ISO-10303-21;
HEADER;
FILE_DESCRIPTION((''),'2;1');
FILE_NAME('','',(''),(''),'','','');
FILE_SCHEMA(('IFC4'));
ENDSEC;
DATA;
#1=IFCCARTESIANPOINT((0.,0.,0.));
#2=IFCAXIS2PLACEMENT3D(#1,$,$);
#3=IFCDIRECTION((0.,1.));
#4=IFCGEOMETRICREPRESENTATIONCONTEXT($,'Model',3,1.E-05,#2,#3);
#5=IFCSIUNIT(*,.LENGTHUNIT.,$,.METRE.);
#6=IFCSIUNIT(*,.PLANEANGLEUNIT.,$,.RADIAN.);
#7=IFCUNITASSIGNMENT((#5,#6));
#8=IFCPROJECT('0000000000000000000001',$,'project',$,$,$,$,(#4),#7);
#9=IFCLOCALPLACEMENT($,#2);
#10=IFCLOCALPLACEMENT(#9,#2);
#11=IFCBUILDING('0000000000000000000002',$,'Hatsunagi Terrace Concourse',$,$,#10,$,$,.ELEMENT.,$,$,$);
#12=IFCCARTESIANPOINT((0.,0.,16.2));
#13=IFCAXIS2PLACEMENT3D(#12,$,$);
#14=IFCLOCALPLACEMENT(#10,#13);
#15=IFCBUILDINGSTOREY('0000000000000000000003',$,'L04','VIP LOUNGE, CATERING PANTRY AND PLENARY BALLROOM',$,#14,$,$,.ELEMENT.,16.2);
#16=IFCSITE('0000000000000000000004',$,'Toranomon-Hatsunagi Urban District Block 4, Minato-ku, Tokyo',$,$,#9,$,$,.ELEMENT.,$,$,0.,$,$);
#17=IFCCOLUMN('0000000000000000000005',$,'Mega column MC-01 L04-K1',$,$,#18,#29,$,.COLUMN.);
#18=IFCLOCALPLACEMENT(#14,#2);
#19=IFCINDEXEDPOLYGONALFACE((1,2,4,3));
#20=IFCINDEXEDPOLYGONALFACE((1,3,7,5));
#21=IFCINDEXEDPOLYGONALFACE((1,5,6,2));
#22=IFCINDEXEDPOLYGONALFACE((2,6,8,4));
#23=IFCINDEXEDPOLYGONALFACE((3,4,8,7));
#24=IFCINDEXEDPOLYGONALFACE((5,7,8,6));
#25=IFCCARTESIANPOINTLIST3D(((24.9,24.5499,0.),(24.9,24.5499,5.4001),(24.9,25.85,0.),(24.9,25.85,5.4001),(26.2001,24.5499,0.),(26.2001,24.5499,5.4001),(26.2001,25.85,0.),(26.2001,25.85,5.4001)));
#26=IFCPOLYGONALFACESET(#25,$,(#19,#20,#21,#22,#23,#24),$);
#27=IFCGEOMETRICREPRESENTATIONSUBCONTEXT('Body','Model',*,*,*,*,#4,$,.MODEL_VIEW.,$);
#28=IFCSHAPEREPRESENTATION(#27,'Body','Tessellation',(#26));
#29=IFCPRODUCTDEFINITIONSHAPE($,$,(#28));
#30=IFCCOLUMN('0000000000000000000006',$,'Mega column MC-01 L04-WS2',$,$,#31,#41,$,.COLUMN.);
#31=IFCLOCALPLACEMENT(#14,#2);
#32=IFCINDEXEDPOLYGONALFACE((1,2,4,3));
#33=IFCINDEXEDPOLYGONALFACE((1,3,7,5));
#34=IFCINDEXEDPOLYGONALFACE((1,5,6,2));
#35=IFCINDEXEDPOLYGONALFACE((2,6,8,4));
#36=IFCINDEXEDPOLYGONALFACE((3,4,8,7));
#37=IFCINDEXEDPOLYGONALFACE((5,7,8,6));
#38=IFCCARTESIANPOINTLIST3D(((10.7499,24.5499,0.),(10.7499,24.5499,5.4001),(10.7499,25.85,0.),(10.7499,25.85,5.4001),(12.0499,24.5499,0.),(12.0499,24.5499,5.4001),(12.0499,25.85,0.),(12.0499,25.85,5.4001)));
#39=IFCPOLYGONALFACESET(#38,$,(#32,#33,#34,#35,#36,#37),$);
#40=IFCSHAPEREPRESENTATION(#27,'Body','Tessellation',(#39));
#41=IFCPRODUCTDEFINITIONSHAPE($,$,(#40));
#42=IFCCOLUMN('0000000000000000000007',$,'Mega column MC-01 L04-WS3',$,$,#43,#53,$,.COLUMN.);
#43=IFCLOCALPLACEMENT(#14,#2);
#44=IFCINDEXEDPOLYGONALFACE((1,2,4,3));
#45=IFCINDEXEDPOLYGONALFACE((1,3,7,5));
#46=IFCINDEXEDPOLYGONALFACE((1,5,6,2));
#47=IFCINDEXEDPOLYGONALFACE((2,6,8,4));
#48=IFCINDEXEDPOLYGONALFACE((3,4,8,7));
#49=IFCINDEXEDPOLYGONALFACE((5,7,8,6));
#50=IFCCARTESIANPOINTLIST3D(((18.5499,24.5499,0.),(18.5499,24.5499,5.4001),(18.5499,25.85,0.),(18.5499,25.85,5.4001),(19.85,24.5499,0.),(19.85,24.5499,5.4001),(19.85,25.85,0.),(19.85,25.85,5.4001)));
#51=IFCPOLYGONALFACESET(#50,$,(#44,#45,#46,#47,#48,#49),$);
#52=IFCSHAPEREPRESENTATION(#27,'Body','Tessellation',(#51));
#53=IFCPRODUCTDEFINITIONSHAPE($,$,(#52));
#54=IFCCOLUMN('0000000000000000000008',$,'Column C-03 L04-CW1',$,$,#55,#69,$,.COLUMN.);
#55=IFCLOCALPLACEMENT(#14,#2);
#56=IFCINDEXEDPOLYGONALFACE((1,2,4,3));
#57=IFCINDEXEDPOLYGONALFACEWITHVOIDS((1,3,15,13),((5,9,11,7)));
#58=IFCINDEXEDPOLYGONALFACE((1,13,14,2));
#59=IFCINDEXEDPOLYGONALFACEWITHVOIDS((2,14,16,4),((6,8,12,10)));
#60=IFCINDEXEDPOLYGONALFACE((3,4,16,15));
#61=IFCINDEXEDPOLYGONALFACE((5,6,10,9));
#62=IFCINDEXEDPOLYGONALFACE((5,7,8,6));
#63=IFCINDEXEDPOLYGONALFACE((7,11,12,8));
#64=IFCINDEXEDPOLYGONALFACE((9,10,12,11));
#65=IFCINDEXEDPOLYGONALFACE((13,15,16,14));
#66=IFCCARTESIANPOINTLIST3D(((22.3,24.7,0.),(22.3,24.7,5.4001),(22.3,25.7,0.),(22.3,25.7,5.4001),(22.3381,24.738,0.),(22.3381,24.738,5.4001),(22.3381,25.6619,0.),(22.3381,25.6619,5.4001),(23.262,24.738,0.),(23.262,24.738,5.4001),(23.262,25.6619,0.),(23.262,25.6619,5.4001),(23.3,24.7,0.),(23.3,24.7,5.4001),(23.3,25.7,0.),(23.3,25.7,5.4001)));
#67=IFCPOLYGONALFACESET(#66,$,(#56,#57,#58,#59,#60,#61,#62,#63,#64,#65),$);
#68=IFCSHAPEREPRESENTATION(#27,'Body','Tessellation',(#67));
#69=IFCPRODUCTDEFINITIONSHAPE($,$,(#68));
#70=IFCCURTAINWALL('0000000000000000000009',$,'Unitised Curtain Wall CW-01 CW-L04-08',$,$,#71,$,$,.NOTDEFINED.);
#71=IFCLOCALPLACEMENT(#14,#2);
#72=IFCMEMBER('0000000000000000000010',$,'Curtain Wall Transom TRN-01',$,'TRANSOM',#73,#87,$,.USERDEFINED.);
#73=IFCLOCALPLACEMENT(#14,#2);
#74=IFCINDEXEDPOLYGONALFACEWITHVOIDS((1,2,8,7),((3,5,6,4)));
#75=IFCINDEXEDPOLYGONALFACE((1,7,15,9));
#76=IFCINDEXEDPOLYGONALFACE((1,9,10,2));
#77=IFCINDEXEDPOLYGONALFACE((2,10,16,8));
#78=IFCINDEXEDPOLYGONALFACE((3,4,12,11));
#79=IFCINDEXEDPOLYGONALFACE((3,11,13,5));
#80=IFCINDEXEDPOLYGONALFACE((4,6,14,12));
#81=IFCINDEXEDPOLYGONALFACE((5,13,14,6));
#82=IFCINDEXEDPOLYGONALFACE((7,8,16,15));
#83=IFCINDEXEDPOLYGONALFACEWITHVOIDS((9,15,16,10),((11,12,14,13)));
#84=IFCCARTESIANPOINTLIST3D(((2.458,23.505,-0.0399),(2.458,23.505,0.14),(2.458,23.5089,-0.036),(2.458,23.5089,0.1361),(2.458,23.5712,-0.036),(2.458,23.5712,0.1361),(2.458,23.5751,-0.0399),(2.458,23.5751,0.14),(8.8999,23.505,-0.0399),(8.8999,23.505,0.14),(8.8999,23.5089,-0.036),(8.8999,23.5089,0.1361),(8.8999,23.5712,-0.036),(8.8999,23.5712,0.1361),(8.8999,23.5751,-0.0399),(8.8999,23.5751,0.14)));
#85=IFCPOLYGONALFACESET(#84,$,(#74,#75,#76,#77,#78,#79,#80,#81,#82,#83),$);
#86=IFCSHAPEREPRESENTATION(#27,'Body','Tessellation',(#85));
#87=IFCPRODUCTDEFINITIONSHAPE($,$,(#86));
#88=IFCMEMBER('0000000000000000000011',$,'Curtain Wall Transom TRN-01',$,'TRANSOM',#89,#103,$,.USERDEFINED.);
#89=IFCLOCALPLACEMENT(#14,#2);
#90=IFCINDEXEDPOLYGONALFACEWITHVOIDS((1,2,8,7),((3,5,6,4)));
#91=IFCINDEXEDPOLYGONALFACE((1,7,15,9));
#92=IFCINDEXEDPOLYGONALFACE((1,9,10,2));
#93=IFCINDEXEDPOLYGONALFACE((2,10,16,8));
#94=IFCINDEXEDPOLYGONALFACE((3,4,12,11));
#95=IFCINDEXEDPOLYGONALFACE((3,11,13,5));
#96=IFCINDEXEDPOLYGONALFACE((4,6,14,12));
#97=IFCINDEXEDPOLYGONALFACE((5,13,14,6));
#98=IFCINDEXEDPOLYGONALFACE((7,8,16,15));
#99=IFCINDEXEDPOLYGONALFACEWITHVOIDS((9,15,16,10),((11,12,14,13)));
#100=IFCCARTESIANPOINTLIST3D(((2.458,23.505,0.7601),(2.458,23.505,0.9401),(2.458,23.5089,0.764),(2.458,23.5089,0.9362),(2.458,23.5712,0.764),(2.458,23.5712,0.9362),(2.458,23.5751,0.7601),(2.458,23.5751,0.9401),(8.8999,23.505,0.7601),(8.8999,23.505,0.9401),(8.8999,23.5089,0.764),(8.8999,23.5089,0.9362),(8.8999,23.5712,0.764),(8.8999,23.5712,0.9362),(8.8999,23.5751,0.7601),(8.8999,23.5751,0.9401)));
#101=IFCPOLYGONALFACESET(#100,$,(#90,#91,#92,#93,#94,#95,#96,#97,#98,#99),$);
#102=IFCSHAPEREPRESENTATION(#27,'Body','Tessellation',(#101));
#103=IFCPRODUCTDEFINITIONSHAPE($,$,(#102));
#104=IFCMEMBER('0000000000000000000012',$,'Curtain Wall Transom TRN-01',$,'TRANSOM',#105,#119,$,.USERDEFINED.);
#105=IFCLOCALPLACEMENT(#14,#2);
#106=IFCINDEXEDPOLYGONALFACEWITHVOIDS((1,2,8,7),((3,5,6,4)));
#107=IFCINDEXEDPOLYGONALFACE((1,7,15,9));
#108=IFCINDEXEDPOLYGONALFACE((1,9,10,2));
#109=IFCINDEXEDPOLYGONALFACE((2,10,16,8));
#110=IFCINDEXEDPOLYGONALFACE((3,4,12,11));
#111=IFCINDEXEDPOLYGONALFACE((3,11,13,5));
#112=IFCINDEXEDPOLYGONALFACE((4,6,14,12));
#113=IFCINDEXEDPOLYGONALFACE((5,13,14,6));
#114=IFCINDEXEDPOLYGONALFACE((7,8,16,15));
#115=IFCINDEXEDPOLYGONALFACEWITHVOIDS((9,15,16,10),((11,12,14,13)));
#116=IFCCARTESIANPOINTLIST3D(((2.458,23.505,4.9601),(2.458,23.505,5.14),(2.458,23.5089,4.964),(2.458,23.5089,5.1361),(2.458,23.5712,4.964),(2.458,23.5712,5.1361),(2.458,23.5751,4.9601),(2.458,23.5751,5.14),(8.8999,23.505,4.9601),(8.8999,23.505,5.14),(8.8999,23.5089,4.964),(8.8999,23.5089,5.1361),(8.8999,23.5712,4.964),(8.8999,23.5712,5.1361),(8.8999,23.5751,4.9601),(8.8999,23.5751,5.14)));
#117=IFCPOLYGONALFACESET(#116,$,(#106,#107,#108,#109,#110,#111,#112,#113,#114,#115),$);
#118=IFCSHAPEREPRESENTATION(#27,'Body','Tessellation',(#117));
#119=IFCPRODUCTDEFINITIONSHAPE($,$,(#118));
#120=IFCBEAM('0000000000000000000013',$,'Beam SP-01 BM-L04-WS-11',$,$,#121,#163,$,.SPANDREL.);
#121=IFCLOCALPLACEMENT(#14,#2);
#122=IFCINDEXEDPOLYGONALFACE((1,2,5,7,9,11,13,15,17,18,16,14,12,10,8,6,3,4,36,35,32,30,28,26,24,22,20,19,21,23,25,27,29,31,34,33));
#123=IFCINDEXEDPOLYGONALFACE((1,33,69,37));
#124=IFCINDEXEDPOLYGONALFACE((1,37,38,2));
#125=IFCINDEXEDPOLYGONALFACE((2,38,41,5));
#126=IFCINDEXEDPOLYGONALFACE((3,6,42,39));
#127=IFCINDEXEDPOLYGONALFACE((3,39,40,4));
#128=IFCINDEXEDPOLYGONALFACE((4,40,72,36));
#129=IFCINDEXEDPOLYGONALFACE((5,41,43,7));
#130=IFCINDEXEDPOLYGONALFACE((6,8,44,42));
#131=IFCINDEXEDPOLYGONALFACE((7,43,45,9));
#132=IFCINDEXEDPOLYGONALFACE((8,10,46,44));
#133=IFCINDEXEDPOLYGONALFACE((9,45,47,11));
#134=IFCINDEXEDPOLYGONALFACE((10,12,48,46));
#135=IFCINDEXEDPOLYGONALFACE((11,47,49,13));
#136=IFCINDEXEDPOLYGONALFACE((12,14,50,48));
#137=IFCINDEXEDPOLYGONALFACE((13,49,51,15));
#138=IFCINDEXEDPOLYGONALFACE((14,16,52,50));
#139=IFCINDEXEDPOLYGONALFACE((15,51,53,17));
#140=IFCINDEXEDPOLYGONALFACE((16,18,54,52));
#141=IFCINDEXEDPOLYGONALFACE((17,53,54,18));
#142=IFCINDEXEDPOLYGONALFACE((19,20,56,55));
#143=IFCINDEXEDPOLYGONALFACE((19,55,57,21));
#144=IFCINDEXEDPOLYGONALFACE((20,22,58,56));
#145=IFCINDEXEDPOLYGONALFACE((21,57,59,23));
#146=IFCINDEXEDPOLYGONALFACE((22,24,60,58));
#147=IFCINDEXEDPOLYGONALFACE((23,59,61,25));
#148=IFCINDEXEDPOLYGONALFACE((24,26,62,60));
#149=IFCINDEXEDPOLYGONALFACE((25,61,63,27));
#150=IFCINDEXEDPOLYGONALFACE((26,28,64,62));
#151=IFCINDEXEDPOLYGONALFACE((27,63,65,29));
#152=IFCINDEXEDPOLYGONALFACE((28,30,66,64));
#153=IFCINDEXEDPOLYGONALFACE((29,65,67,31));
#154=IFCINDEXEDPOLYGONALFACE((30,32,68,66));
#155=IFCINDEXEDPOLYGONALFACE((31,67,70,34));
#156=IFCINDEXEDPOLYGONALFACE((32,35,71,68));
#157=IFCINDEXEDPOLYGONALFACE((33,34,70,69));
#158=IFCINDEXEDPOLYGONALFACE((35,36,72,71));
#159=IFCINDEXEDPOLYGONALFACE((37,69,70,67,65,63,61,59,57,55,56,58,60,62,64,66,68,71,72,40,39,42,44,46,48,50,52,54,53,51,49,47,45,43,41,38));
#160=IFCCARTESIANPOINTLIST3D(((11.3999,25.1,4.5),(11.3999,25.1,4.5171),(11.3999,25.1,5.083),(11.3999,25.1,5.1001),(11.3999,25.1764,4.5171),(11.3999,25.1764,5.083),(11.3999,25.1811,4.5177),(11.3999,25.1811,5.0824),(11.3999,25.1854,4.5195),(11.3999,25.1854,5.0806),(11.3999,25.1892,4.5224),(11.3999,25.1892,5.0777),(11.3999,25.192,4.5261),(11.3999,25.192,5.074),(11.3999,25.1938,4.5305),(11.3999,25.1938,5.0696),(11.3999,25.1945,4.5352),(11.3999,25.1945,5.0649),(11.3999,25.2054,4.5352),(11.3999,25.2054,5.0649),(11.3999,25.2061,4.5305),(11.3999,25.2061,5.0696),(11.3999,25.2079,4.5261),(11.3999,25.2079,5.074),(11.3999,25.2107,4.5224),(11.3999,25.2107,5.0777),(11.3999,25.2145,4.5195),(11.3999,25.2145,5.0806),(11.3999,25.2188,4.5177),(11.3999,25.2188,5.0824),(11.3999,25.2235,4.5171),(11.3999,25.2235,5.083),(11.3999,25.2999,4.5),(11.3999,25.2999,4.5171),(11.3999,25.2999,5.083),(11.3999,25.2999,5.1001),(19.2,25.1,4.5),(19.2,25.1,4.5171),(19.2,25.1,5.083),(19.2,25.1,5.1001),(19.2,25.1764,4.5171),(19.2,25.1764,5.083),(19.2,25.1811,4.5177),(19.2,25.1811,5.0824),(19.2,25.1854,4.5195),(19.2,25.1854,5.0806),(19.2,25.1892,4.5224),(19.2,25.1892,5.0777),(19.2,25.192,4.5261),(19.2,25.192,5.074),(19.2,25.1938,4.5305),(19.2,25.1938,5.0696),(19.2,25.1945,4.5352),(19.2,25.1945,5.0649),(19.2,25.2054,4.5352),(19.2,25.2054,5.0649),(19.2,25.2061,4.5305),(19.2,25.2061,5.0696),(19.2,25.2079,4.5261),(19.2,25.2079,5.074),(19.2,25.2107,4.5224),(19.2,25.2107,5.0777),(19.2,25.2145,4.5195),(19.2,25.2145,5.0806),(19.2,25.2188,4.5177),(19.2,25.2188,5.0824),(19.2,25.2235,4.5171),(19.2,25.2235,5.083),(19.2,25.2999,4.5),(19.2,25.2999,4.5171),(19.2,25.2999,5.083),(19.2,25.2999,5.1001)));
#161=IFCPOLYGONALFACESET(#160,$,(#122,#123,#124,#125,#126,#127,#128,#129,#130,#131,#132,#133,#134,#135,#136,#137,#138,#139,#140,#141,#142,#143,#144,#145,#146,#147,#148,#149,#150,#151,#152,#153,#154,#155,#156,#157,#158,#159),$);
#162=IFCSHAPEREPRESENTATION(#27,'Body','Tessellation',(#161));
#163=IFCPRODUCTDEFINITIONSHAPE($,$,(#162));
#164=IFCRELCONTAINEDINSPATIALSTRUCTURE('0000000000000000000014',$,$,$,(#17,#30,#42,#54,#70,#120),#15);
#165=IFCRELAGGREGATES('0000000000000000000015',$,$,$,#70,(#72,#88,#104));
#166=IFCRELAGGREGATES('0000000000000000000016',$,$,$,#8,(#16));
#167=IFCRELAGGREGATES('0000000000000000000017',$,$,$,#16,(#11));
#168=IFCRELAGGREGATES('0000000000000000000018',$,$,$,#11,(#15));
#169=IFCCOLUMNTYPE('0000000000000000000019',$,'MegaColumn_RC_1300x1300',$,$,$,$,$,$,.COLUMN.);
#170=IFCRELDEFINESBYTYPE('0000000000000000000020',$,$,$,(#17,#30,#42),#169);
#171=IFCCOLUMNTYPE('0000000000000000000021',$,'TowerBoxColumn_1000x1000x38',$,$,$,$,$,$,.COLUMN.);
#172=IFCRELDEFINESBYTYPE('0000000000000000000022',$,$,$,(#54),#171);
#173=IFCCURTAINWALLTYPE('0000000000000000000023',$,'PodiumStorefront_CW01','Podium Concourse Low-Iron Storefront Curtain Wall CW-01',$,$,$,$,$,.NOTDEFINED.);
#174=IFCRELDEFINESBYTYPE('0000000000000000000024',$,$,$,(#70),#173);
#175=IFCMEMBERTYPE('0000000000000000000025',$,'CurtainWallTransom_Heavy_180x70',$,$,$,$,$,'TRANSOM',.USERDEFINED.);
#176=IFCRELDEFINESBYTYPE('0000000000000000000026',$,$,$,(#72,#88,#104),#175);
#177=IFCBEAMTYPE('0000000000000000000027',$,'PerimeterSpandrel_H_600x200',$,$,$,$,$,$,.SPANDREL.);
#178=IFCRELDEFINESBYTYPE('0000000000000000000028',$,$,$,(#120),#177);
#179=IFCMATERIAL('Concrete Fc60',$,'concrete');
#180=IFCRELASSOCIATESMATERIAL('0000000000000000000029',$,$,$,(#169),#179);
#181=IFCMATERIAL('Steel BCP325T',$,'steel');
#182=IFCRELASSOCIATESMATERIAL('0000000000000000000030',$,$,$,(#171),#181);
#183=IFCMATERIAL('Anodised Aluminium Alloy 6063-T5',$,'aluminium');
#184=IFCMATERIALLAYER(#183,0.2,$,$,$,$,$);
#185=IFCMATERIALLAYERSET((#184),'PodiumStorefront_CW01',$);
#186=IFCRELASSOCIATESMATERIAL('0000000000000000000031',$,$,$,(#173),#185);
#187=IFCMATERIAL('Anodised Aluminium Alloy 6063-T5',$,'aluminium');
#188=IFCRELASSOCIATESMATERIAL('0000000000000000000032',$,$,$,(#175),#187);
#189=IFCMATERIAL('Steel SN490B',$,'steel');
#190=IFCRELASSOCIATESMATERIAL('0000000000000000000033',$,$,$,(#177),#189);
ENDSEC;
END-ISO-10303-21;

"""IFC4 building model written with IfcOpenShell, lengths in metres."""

from ifc_helpers import new_model, si_unit, direction, frame, origin, origin_2d, place, context, subcontext, project, spatial, rectangle, hollow_rectangle, i_section, extrude, material, layer, layer_set, material_profile, profile_set, type_object, element, aggregate, save


model = new_model("IFC4")

# Units and contexts
model_context = context("Model", 3, precision=1e-05, world=origin(), true_north=direction((0.0, 1.0)))
body_context = subcontext(model_context, "Body", "Model", "MODEL_VIEW")
ifc_project = project(units=[si_unit("LENGTHUNIT", "METRE"), si_unit("PLANEANGLEUNIT", "RADIAN")], contexts=[model_context])

# Site, building, storey
site_placement = place(None, origin())
site = spatial("IfcSite", under=ifc_project, at=site_placement, Name="Toranomon-Hatsunagi Urban District Block 4, Minato-ku, Tokyo", CompositionType="ELEMENT", RefElevation=0.0)
building_placement = place(site_placement, origin())
building = spatial("IfcBuilding", under=site, at=building_placement, Name="Hatsunagi Terrace Concourse", CompositionType="ELEMENT")
storey_placement = place(building_placement, frame((0.0, 0.0, 16.2)))
storey = spatial("IfcBuildingStorey", under=building, at=storey_placement, Name="L04", Description="VIP LOUNGE, CATERING PANTRY AND PLENARY BALLROOM", CompositionType="ELEMENT", Elevation=16.2)

# Columns
ifc_material_1 = material(Name="Concrete Fc60", Category="concrete")
ifc_material_profile_1 = material_profile(ifc_material_1, rectangle(XDim=1.3, YDim=1.3, at=origin_2d()), Name="RC-1300x1300")
ifc_profile_set_1 = profile_set([ifc_material_profile_1], Name="Concrete Fc60")
column_type_1 = type_object("IfcColumnType", Name="MegaColumn_RC_1300x1300", PredefinedType="COLUMN", material=ifc_profile_set_1)
for number, where, z_axis, x_axis, name in (
    (1, (25.55, 25.2, 0.0), (0.0, 0.0, 1.0), (1.0, 0.0, 0.0), "Mega column MC-01 L04-K1"),
    (2, (11.3999, 25.2, 0.0), (0.0, 0.0, 1.0), (1.0, 0.0, 0.0), "Mega column MC-01 L04-WS2"),
    (3, (19.2, 25.2, 0.0), (0.0, 0.0, 1.0), (1.0, 0.0, 0.0), "Mega column MC-01 L04-WS3"),
):
    element("IfcColumn", number, at=place(storey_placement, frame(where, z_axis=z_axis, x_axis=x_axis)), inside=storey, type_object=column_type_1, Name=name, PredefinedType="COLUMN", context=body_context, shape_type="SweptSolid", body=[
        extrude(rectangle(XDim=1.3, YDim=1.3, at=origin_2d()), origin(), (0.0, 0.0, 1.0), 5.4001),
    ])
ifc_material_2 = material(Name="Steel BCP325T", Category="steel")
ifc_material_profile_2 = material_profile(ifc_material_2, hollow_rectangle(XDim=1.0, YDim=1.0, WallThickness=0.0381, at=origin_2d()), Name="BCP-1000x1000x38")
ifc_profile_set_2 = profile_set([ifc_material_profile_2], Name="Steel BCP325T")
column_type_2 = type_object("IfcColumnType", Name="TowerBoxColumn_1000x1000x38", PredefinedType="COLUMN", material=ifc_profile_set_2)
column_placement = place(storey_placement, frame((22.8, 25.2, 0.0), z_axis=(0.0, 0.0, 1.0), x_axis=(1.0, 0.0, 0.0)))
element("IfcColumn", 4, at=column_placement, inside=storey, type_object=column_type_2, Name="Column C-03 L04-CW1", PredefinedType="COLUMN", context=body_context, shape_type="SweptSolid", body=[
    extrude(hollow_rectangle(XDim=1.0, YDim=1.0, WallThickness=0.0381, at=origin_2d()), origin(), (0.0, 0.0, 1.0), 5.4001),
])

# Curtain wall, members
ifc_material_3 = material(Name="Anodised Aluminium Alloy 6063-T5", Category="aluminium")
ifc_layer_1 = layer(ifc_material_3, 0.2)
ifc_layer_set_1 = layer_set([ifc_layer_1], Name="PodiumStorefront_CW01")
curtain_wall_type = type_object("IfcCurtainWallType", Name="PodiumStorefront_CW01", Description="Podium Concourse Low-Iron Storefront Curtain Wall CW-01", PredefinedType="NOTDEFINED", material=ifc_layer_set_1)
curtain_wall_placement = place(storey_placement, origin())
curtain_wall = element("IfcCurtainWall", 5, at=curtain_wall_placement, inside=storey, type_object=curtain_wall_type, Name="Unitised Curtain Wall CW-01 CW-L04-08", PredefinedType="NOTDEFINED")
ifc_material_4 = material(Name="Anodised Aluminium Alloy 6063-T5", Category="aluminium")
ifc_material_profile_3 = material_profile(ifc_material_4, hollow_rectangle(XDim=0.0701, YDim=0.1799, WallThickness=0.0039, at=origin_2d()), Name="ALU-TRN-180x70x4")
ifc_profile_set_3 = profile_set([ifc_material_profile_3], Name="Anodised Aluminium Alloy 6063-T5")
member_type = type_object("IfcMemberType", Name="CurtainWallTransom_Heavy_180x70", ElementType="TRANSOM", PredefinedType="USERDEFINED", material=ifc_profile_set_3)
member_1_placement = place(storey_placement, frame((8.8999, 23.54, 0.05), z_axis=(-1.0, 0.0, 0.0), x_axis=(0.0, -1.0, 0.0)))
member_1 = element("IfcMember", 6, at=member_1_placement, type_object=member_type, Name="Curtain Wall Transom TRN-01", ObjectType="TRANSOM", PredefinedType="USERDEFINED", context=body_context, shape_type="SweptSolid", body=[
    extrude(hollow_rectangle(XDim=0.0701, YDim=0.1799, WallThickness=0.0039, at=origin_2d()), origin(), (0.0, 0.0, 1.0), 6.4419),
])
member_2_placement = place(storey_placement, frame((8.8999, 23.54, 0.8501), z_axis=(-1.0, 0.0, 0.0), x_axis=(0.0, -1.0, 0.0)))
member_2 = element("IfcMember", 7, at=member_2_placement, type_object=member_type, Name="Curtain Wall Transom TRN-01", ObjectType="TRANSOM", PredefinedType="USERDEFINED", context=body_context, shape_type="SweptSolid", body=[
    extrude(hollow_rectangle(XDim=0.0701, YDim=0.1799, WallThickness=0.0039, at=origin_2d()), origin(), (0.0, 0.0, 1.0), 6.4419),
])
member_3_placement = place(storey_placement, frame((8.8999, 23.54, 5.05), z_axis=(-1.0, 0.0, 0.0), x_axis=(0.0, -1.0, 0.0)))
member_3 = element("IfcMember", 8, at=member_3_placement, type_object=member_type, Name="Curtain Wall Transom TRN-01", ObjectType="TRANSOM", PredefinedType="USERDEFINED", context=body_context, shape_type="SweptSolid", body=[
    extrude(hollow_rectangle(XDim=0.0701, YDim=0.1799, WallThickness=0.0039, at=origin_2d()), origin(), (0.0, 0.0, 1.0), 6.4419),
])
aggregate(curtain_wall, [member_1, member_2, member_3])

# Beam
ifc_material_5 = material(Name="Steel SN490B", Category="steel")
ifc_material_profile_4 = material_profile(ifc_material_5, i_section(OverallWidth=0.2, OverallDepth=0.6001, WebThickness=0.011, FlangeThickness=0.0171, FilletRadius=0.0181, at=origin_2d()), Name="H-600x200x11x17")
ifc_profile_set_4 = profile_set([ifc_material_profile_4], Name="Steel SN490B")
beam_type_1 = type_object("IfcBeamType", Name="PerimeterSpandrel_H_600x200", PredefinedType="SPANDREL", material=ifc_profile_set_4)
beam_1_placement = place(storey_placement, frame((11.3999, 25.2, 4.8), z_axis=(1.0, 0.0, 0.0), x_axis=(0.0, 1.0, 0.0)))
element("IfcBeam", 9, at=beam_1_placement, inside=storey, type_object=beam_type_1, Name="Beam SP-01 BM-L04-WS-11", PredefinedType="SPANDREL", context=body_context, shape_type="SweptSolid", body=[
    extrude(i_section(OverallWidth=0.2, OverallDepth=0.6001, WebThickness=0.011, FlangeThickness=0.0171, FilletRadius=0.0181, at=origin_2d()), origin(), (0.0, 0.0, 1.0), 7.8),
])

save(model, "model.ifc")
